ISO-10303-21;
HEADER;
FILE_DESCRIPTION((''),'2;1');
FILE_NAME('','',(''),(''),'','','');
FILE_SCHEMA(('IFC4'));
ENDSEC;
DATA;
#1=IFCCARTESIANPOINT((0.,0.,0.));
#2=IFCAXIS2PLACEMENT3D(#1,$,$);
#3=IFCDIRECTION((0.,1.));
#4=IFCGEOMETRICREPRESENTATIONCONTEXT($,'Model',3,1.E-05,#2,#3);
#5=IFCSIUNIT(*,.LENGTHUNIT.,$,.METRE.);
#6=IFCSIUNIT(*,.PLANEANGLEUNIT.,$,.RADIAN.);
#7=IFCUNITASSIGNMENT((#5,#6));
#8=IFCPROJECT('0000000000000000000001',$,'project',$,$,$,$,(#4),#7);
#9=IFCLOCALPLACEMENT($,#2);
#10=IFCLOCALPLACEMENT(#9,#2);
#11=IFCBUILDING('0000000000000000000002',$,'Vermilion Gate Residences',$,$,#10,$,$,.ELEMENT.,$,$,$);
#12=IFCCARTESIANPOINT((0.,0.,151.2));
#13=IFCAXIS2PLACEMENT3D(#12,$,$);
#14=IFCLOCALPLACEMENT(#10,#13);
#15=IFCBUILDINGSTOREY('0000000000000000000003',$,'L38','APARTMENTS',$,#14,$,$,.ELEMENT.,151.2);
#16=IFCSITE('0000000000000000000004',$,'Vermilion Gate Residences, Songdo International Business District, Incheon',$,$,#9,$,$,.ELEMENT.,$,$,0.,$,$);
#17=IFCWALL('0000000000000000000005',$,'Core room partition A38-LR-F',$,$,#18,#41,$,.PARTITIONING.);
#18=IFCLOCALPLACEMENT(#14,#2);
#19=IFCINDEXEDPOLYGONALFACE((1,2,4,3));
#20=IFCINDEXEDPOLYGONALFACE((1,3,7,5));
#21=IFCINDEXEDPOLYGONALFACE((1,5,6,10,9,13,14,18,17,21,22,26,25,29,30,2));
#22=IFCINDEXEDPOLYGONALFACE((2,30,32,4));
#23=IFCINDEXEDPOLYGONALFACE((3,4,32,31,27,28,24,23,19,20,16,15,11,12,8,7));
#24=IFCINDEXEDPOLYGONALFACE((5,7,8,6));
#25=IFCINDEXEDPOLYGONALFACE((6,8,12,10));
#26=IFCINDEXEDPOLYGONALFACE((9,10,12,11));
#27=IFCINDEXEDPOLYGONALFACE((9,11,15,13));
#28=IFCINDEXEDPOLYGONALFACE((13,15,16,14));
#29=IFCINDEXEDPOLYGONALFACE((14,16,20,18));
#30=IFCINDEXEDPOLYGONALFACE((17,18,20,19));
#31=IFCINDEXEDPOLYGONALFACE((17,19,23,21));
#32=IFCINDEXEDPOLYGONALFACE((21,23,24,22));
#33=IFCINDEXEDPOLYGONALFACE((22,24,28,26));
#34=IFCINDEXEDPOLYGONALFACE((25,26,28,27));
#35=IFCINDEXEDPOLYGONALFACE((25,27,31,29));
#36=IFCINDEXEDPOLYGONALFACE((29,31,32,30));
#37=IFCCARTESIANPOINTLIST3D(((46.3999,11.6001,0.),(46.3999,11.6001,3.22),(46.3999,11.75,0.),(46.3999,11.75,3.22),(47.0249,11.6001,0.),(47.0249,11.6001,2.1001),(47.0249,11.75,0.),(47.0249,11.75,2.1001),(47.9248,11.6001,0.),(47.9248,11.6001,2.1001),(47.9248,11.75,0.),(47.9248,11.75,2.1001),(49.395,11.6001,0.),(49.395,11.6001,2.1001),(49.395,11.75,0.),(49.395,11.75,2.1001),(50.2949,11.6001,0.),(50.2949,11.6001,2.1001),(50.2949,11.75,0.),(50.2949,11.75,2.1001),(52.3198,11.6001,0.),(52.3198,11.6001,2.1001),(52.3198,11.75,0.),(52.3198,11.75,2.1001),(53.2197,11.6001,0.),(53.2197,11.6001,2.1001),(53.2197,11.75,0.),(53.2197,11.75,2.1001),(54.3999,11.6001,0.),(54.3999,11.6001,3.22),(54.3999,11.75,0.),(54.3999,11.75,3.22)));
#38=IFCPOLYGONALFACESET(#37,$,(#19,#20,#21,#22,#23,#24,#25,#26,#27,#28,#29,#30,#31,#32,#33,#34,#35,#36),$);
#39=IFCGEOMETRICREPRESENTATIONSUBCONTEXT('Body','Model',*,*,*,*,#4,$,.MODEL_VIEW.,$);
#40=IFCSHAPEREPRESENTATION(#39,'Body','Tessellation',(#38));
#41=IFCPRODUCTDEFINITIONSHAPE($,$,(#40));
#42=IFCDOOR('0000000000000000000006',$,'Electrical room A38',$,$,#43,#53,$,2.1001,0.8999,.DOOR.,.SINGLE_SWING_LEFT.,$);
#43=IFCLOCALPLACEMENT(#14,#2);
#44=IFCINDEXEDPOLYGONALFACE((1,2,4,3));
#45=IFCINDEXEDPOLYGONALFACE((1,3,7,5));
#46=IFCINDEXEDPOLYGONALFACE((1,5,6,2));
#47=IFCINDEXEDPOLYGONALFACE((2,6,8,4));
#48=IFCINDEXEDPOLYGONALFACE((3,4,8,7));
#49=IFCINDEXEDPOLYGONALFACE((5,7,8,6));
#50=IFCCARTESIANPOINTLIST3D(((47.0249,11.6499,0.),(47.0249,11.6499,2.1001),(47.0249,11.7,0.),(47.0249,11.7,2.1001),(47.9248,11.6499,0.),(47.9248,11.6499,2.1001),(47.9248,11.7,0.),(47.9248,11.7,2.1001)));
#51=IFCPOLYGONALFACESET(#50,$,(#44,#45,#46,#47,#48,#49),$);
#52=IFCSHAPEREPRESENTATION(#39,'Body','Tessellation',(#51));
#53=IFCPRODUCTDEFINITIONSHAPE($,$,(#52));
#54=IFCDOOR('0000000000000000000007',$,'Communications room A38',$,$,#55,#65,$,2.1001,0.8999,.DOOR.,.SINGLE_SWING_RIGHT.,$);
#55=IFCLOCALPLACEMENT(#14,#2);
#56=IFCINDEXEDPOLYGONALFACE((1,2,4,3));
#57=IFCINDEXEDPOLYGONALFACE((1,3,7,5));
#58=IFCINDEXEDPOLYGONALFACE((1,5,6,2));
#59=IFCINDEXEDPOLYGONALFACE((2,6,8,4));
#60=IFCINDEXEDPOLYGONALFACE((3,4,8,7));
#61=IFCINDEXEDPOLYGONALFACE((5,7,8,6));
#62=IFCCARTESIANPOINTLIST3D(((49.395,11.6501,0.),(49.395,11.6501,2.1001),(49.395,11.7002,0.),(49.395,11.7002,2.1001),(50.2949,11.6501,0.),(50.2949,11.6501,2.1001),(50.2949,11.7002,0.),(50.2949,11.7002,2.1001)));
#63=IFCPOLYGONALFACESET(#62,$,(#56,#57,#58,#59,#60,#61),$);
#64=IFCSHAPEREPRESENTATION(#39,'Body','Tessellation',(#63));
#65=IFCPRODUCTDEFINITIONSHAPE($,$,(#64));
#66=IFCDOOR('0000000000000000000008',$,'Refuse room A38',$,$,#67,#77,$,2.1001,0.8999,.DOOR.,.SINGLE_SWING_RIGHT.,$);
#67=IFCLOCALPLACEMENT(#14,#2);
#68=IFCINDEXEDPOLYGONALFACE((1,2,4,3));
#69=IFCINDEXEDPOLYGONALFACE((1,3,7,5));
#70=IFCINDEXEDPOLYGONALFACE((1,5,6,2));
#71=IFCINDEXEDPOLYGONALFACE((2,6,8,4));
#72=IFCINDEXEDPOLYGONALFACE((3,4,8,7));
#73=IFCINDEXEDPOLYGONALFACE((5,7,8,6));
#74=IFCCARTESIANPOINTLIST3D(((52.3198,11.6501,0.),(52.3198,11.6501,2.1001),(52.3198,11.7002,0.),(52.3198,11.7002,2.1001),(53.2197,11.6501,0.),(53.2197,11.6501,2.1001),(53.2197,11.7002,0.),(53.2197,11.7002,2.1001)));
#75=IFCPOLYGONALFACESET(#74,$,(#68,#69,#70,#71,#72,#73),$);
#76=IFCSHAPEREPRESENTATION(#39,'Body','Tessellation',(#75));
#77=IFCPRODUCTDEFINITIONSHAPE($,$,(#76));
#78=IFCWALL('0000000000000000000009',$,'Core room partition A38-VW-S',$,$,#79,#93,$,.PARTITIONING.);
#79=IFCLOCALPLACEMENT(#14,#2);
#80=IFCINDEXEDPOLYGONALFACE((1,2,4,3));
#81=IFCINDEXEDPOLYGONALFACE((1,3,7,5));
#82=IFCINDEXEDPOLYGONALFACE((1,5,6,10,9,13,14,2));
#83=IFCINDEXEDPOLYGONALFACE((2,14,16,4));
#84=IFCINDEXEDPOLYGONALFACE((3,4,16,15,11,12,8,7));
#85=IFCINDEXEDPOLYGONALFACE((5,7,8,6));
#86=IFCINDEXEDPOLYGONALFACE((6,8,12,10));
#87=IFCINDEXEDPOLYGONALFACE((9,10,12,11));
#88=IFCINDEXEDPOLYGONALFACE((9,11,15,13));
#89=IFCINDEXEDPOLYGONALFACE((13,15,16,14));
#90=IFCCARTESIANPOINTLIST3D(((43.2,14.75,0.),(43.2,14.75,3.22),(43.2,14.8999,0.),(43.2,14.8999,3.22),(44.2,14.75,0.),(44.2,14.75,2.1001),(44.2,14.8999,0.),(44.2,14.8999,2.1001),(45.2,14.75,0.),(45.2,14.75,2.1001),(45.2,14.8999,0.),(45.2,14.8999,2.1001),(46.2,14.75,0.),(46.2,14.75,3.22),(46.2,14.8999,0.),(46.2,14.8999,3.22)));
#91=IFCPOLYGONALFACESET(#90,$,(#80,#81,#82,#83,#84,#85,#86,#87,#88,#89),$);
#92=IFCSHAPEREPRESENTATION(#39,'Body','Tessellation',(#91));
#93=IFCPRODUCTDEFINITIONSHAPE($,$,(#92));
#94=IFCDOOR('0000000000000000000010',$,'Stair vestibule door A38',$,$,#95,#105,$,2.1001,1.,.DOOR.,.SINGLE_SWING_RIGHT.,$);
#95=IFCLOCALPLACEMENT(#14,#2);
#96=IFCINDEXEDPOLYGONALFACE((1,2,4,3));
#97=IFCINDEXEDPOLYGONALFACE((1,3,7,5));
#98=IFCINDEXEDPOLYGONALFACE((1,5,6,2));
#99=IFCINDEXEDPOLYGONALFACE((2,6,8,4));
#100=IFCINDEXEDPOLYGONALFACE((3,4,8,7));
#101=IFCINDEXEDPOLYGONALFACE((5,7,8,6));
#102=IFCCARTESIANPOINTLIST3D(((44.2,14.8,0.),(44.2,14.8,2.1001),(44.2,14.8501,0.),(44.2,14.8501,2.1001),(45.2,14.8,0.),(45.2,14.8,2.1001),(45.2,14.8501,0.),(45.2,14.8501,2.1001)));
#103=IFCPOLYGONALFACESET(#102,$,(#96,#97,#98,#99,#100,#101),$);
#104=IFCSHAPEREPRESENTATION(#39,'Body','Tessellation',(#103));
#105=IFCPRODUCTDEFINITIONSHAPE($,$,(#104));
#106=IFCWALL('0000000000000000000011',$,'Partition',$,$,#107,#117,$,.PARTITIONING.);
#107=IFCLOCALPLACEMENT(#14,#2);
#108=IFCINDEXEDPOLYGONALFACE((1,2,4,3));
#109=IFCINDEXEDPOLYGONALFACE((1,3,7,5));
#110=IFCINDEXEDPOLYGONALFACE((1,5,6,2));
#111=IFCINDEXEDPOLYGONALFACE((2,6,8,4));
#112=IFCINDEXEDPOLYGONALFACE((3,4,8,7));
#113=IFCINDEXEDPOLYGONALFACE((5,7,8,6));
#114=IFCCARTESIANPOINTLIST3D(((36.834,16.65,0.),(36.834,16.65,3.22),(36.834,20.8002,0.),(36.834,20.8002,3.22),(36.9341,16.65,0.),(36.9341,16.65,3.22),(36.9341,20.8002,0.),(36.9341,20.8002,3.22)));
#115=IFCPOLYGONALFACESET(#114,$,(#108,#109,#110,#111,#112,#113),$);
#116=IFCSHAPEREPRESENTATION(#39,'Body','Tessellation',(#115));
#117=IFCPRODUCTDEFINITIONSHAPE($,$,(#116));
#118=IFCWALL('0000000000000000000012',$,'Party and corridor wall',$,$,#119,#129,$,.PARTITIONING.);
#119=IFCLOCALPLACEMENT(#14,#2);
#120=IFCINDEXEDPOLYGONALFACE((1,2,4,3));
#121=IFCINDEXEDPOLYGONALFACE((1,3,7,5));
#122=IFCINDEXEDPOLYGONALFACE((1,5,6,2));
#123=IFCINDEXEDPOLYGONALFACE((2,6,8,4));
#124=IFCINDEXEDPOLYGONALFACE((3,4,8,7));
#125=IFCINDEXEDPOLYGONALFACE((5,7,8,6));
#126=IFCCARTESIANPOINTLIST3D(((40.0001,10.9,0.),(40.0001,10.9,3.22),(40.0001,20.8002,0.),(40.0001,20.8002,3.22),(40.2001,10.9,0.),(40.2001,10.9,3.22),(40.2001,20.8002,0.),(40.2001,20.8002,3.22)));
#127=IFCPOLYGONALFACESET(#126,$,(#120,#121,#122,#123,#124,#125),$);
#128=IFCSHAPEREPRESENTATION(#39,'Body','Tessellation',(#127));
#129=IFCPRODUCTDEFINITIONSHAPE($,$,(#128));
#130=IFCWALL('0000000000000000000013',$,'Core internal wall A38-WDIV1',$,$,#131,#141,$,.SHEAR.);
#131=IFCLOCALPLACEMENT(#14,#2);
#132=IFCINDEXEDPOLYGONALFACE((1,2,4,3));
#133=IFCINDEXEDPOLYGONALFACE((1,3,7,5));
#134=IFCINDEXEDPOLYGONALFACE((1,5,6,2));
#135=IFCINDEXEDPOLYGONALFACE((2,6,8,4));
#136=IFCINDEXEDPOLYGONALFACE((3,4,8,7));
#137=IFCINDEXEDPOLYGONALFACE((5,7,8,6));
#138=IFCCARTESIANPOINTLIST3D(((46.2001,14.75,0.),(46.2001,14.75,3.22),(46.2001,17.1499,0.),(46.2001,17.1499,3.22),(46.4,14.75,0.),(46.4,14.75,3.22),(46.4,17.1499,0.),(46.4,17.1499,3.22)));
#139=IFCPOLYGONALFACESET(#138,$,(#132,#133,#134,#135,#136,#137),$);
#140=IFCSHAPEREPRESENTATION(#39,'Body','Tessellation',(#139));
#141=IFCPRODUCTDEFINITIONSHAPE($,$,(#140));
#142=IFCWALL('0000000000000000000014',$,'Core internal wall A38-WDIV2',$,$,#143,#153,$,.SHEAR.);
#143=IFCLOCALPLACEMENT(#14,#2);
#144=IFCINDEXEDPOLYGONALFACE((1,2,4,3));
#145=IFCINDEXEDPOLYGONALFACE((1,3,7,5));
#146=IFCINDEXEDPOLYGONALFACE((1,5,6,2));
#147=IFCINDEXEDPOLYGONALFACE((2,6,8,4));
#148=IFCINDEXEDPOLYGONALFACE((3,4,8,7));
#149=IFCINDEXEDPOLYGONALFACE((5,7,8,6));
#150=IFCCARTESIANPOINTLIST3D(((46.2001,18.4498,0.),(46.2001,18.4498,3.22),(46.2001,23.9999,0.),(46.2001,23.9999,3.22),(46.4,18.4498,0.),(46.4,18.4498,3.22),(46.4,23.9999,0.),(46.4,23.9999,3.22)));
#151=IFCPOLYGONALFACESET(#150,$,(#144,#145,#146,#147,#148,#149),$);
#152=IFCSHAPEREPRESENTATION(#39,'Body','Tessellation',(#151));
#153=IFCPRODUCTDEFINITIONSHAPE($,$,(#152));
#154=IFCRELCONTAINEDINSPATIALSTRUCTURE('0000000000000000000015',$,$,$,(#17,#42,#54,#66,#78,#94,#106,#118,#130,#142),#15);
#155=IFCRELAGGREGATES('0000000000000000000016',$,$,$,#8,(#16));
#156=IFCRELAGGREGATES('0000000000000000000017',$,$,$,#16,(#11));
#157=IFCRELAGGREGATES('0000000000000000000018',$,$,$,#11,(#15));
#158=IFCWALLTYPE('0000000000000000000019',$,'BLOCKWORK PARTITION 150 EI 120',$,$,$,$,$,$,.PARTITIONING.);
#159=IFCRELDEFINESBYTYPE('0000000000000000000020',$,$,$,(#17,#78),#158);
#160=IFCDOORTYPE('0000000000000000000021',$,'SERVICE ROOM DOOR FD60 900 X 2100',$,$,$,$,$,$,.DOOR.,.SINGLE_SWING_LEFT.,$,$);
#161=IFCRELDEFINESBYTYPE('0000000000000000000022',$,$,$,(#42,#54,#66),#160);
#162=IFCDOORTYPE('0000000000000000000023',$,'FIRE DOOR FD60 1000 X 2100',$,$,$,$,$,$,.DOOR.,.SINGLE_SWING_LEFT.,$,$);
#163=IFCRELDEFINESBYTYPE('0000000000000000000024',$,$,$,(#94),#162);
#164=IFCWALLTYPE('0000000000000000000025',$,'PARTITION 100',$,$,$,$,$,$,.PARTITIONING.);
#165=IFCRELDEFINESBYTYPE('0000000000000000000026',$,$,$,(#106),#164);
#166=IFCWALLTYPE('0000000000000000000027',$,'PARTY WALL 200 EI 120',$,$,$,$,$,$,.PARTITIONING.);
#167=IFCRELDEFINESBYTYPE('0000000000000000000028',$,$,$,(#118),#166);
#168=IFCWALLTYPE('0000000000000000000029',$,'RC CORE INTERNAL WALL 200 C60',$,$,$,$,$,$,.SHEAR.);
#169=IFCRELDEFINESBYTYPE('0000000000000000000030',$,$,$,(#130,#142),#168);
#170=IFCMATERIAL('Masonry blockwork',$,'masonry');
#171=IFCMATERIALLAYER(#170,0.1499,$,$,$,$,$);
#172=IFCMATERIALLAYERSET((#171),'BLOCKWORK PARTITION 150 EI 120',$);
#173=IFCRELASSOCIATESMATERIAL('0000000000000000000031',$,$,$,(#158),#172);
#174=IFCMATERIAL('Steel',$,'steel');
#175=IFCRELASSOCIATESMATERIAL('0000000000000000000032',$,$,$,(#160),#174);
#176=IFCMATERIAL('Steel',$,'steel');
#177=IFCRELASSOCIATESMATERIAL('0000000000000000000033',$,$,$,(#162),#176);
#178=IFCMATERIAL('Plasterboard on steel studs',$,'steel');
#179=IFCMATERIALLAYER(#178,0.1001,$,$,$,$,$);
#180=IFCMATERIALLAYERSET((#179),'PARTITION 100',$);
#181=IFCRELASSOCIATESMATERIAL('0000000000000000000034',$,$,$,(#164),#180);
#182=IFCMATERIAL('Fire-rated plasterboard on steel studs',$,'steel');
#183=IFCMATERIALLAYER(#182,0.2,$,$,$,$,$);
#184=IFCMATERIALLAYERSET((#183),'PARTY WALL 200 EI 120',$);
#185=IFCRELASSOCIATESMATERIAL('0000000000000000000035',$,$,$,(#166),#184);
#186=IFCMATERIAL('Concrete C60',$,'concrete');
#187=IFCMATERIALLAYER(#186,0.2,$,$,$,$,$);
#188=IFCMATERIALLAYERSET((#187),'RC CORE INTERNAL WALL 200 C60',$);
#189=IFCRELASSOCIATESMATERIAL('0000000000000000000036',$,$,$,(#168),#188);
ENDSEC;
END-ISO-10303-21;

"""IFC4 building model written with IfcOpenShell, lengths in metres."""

from ifc_helpers import new_model, si_unit, direction, frame, frame_2d, origin, place, context, subcontext, project, spatial, rectangle, extrude, material, layer, layer_set, type_object, element, fill, save


model = new_model("IFC4")

# Units and contexts
model_context = context("Model", 3, precision=1e-05, world=origin(), true_north=direction((0.0, 1.0)))
body_context = subcontext(model_context, "Body", "Model", "MODEL_VIEW")
ifc_project = project(units=[si_unit("LENGTHUNIT", "METRE"), si_unit("PLANEANGLEUNIT", "RADIAN")], contexts=[model_context])

# Site, building, storey
site_placement = place(None, origin())
site = spatial("IfcSite", under=ifc_project, at=site_placement, Name="Vermilion Gate Residences, Songdo International Business District, Incheon", CompositionType="ELEMENT", RefElevation=0.0)
building_placement = place(site_placement, origin())
building = spatial("IfcBuilding", under=site, at=building_placement, Name="Vermilion Gate Residences", CompositionType="ELEMENT")
storey_placement = place(building_placement, frame((0.0, 0.0, 151.2)))
storey = spatial("IfcBuildingStorey", under=building, at=storey_placement, Name="L38", Description="APARTMENTS", CompositionType="ELEMENT", Elevation=151.2)

# Wall, openings, doors
ifc_material_1 = material(Name="Masonry blockwork", Category="masonry")
ifc_layer_1 = layer(ifc_material_1, 0.1499)
ifc_layer_set_1 = layer_set([ifc_layer_1], Name="BLOCKWORK PARTITION 150 EI 120")
wall_type_1 = type_object("IfcWallType", Name="BLOCKWORK PARTITION 150 EI 120", PredefinedType="PARTITIONING", material=ifc_layer_set_1)
wall_1_placement = place(storey_placement, frame((46.3999, 11.675, 0.0), z_axis=(0.0, 0.0, 1.0), x_axis=(1.0, 0.0, 0.0)))
wall_1 = element("IfcWall", 1, at=wall_1_placement, inside=storey, type_object=wall_type_1, Name="Core room partition A38-LR-F", PredefinedType="PARTITIONING", context=body_context, shape_type="SweptSolid", body=[
    extrude(rectangle(XDim=8.0, YDim=0.1499, at=frame_2d((4.0, 0.0))), origin(), (0.0, 0.0, 1.0), 3.22),
])
opening_1_placement = place(wall_1_placement, frame((0.625, 0.0, 0.0)))
opening_1 = element("IfcOpeningElement", 2, at=opening_1_placement, cuts=wall_1, PredefinedType="OPENING", context=body_context, shape_type="SweptSolid", body=[
    extrude(rectangle(XDim=0.8999, YDim=2.1001, at=frame_2d((0.45, 1.05))), frame((0.0, 0.085, 0.0), z_axis=(0.0, -1.0, 0.0), x_axis=(1.0, 0.0, 0.0)), (0.0, 0.0, 1.0), 0.1699),
])
opening_2_placement = place(wall_1_placement, frame((2.9951, 0.0, 0.0)))
opening_2 = element("IfcOpeningElement", 3, at=opening_2_placement, cuts=wall_1, PredefinedType="OPENING", context=body_context, shape_type="SweptSolid", body=[
    extrude(rectangle(XDim=0.8999, YDim=2.1001, at=frame_2d((0.45, 1.05))), frame((0.0, 0.085, 0.0), z_axis=(0.0, -1.0, 0.0), x_axis=(1.0, 0.0, 0.0)), (0.0, 0.0, 1.0), 0.1699),
])
opening_3_placement = place(wall_1_placement, frame((5.9199, 0.0, 0.0)))
opening_3 = element("IfcOpeningElement", 4, at=opening_3_placement, cuts=wall_1, PredefinedType="OPENING", context=body_context, shape_type="SweptSolid", body=[
    extrude(rectangle(XDim=0.8999, YDim=2.1001, at=frame_2d((0.45, 1.05))), frame((0.0, 0.085, 0.0), z_axis=(0.0, -1.0, 0.0), x_axis=(1.0, 0.0, 0.0)), (0.0, 0.0, 1.0), 0.1699),
])
ifc_material_2 = material(Name="Steel", Category="steel")
door_type_1 = type_object("IfcDoorType", Name="SERVICE ROOM DOOR FD60 900 X 2100", OperationType="SINGLE_SWING_LEFT", PredefinedType="DOOR", material=ifc_material_2)
door_1_placement = place(opening_1_placement, origin())
door_1 = element("IfcDoor", 5, at=door_1_placement, inside=storey, type_object=door_type_1, Name="Electrical room A38", OperationType="SINGLE_SWING_LEFT", OverallHeight=2.1001, OverallWidth=0.8999, PredefinedType="DOOR", context=body_context, shape_type="SweptSolid", body=[
    extrude(rectangle(XDim=0.8999, YDim=2.1001, at=frame_2d((0.45, 1.05))), frame((0.0, 0.0249, 0.0), z_axis=(0.0, -1.0, 0.0), x_axis=(1.0, 0.0, 0.0)), (0.0, 0.0, 1.0), 0.05),
])
fill(opening_1, door_1)
door_2_placement = place(opening_2_placement, frame((0.8999, 0.0, 0.0), z_axis=(0.0, 0.0, 1.0), x_axis=(-1.0, 0.0, 0.0)))
door_2 = element("IfcDoor", 6, at=door_2_placement, inside=storey, type_object=door_type_1, Name="Communications room A38", OperationType="SINGLE_SWING_RIGHT", OverallHeight=2.1001, OverallWidth=0.8999, PredefinedType="DOOR", context=body_context, shape_type="SweptSolid", body=[
    extrude(rectangle(XDim=0.8999, YDim=2.1001, at=frame_2d((0.45, 1.05))), frame((0.0, 0.0249, 0.0), z_axis=(0.0, -1.0, 0.0), x_axis=(1.0, 0.0, 0.0)), (0.0, 0.0, 1.0), 0.05),
])
fill(opening_2, door_2)
door_3_placement = place(opening_3_placement, frame((0.8999, 0.0, 0.0), z_axis=(0.0, 0.0, 1.0), x_axis=(-1.0, 0.0, 0.0)))
door_3 = element("IfcDoor", 7, at=door_3_placement, inside=storey, type_object=door_type_1, Name="Refuse room A38", OperationType="SINGLE_SWING_RIGHT", OverallHeight=2.1001, OverallWidth=0.8999, PredefinedType="DOOR", context=body_context, shape_type="SweptSolid", body=[
    extrude(rectangle(XDim=0.8999, YDim=2.1001, at=frame_2d((0.45, 1.05))), frame((0.0, 0.0249, 0.0), z_axis=(0.0, -1.0, 0.0), x_axis=(1.0, 0.0, 0.0)), (0.0, 0.0, 1.0), 0.05),
])
fill(opening_3, door_3)

# Wall, opening, door
wall_2_placement = place(storey_placement, frame((43.2, 14.825, 0.0), z_axis=(0.0, 0.0, 1.0), x_axis=(1.0, 0.0, 0.0)))
wall_2 = element("IfcWall", 8, at=wall_2_placement, inside=storey, type_object=wall_type_1, Name="Core room partition A38-VW-S", PredefinedType="PARTITIONING", context=body_context, shape_type="SweptSolid", body=[
    extrude(rectangle(XDim=3.0, YDim=0.1499, at=frame_2d((1.5, 0.0))), origin(), (0.0, 0.0, 1.0), 3.22),
])
opening_4_placement = place(wall_2_placement, frame((1.0, 0.0, 0.0)))
opening_4 = element("IfcOpeningElement", 9, at=opening_4_placement, cuts=wall_2, PredefinedType="OPENING", context=body_context, shape_type="SweptSolid", body=[
    extrude(rectangle(XDim=1.0, YDim=2.1001, at=frame_2d((0.5, 1.05))), frame((0.0, 0.085, 0.0), z_axis=(0.0, -1.0, 0.0), x_axis=(1.0, 0.0, 0.0)), (0.0, 0.0, 1.0), 0.1699),
])
ifc_material_3 = material(Name="Steel", Category="steel")
door_type_2 = type_object("IfcDoorType", Name="FIRE DOOR FD60 1000 X 2100", OperationType="SINGLE_SWING_LEFT", PredefinedType="DOOR", material=ifc_material_3)
door_4_placement = place(opening_4_placement, frame((1.0, 0.0, 0.0), z_axis=(0.0, 0.0, 1.0), x_axis=(-1.0, 0.0, 0.0)))
door_4 = element("IfcDoor", 10, at=door_4_placement, inside=storey, type_object=door_type_2, Name="Stair vestibule door A38", OperationType="SINGLE_SWING_RIGHT", OverallHeight=2.1001, OverallWidth=1.0, PredefinedType="DOOR", context=body_context, shape_type="SweptSolid", body=[
    extrude(rectangle(XDim=1.0, YDim=2.1001, at=frame_2d((0.5, 1.05))), frame((0.0, 0.0249, 0.0), z_axis=(0.0, -1.0, 0.0), x_axis=(1.0, 0.0, 0.0)), (0.0, 0.0, 1.0), 0.05),
])
fill(opening_4, door_4)

# Walls
ifc_material_4 = material(Name="Plasterboard on steel studs", Category="steel")
ifc_layer_2 = layer(ifc_material_4, 0.1001)
ifc_layer_set_2 = layer_set([ifc_layer_2], Name="PARTITION 100")
wall_type_2 = type_object("IfcWallType", Name="PARTITION 100", PredefinedType="PARTITIONING", material=ifc_layer_set_2)
wall_3_placement = place(storey_placement, frame((36.884, 16.6499, 0.0), z_axis=(0.0, 0.0, 1.0), x_axis=(0.0, 1.0, 0.0)))
element("IfcWall", 11, at=wall_3_placement, inside=storey, type_object=wall_type_2, Name="Partition", PredefinedType="PARTITIONING", context=body_context, shape_type="SweptSolid", body=[
    extrude(rectangle(XDim=4.1501, YDim=0.1001, at=frame_2d((2.0752, 0.0))), origin(), (0.0, 0.0, 1.0), 3.22),
])
ifc_material_5 = material(Name="Fire-rated plasterboard on steel studs", Category="steel")
ifc_layer_3 = layer(ifc_material_5, 0.2)
ifc_layer_set_3 = layer_set([ifc_layer_3], Name="PARTY WALL 200 EI 120")
wall_type_3 = type_object("IfcWallType", Name="PARTY WALL 200 EI 120", PredefinedType="PARTITIONING", material=ifc_layer_set_3)
wall_4_placement = place(storey_placement, frame((40.1001, 10.8999, 0.0), z_axis=(0.0, 0.0, 1.0), x_axis=(0.0, 1.0, 0.0)))
element("IfcWall", 12, at=wall_4_placement, inside=storey, type_object=wall_type_3, Name="Party and corridor wall", PredefinedType="PARTITIONING", context=body_context, shape_type="SweptSolid", body=[
    extrude(rectangle(XDim=9.9001, YDim=0.2, at=frame_2d((4.9502, 0.0))), origin(), (0.0, 0.0, 1.0), 3.22),
])
ifc_material_6 = material(Name="Concrete C60", Category="concrete")
ifc_layer_4 = layer(ifc_material_6, 0.2)
ifc_layer_set_4 = layer_set([ifc_layer_4], Name="RC CORE INTERNAL WALL 200 C60")
wall_type_4 = type_object("IfcWallType", Name="RC CORE INTERNAL WALL 200 C60", PredefinedType="SHEAR", material=ifc_layer_set_4)
wall_5_placement = place(storey_placement, frame((46.3, 14.75, 0.0), z_axis=(0.0, 0.0, 1.0), x_axis=(0.0, 1.0, 0.0)))
element("IfcWall", 13, at=wall_5_placement, inside=storey, type_object=wall_type_4, Name="Core internal wall A38-WDIV1", PredefinedType="SHEAR", context=body_context, shape_type="SweptSolid", body=[
    extrude(rectangle(XDim=2.3999, YDim=0.2, at=frame_2d((1.2, 0.0))), origin(), (0.0, 0.0, 1.0), 3.22),
])
wall_6_placement = place(storey_placement, frame((46.3, 18.45, 0.0), z_axis=(0.0, 0.0, 1.0), x_axis=(0.0, 1.0, 0.0)))
element("IfcWall", 14, at=wall_6_placement, inside=storey, type_object=wall_type_4, Name="Core internal wall A38-WDIV2", PredefinedType="SHEAR", context=body_context, shape_type="SweptSolid", body=[
    extrude(rectangle(XDim=5.55, YDim=0.2, at=frame_2d((2.7749, 0.0))), origin(), (0.0, 0.0, 1.0), 3.22),
])

save(model, "model.ifc")
